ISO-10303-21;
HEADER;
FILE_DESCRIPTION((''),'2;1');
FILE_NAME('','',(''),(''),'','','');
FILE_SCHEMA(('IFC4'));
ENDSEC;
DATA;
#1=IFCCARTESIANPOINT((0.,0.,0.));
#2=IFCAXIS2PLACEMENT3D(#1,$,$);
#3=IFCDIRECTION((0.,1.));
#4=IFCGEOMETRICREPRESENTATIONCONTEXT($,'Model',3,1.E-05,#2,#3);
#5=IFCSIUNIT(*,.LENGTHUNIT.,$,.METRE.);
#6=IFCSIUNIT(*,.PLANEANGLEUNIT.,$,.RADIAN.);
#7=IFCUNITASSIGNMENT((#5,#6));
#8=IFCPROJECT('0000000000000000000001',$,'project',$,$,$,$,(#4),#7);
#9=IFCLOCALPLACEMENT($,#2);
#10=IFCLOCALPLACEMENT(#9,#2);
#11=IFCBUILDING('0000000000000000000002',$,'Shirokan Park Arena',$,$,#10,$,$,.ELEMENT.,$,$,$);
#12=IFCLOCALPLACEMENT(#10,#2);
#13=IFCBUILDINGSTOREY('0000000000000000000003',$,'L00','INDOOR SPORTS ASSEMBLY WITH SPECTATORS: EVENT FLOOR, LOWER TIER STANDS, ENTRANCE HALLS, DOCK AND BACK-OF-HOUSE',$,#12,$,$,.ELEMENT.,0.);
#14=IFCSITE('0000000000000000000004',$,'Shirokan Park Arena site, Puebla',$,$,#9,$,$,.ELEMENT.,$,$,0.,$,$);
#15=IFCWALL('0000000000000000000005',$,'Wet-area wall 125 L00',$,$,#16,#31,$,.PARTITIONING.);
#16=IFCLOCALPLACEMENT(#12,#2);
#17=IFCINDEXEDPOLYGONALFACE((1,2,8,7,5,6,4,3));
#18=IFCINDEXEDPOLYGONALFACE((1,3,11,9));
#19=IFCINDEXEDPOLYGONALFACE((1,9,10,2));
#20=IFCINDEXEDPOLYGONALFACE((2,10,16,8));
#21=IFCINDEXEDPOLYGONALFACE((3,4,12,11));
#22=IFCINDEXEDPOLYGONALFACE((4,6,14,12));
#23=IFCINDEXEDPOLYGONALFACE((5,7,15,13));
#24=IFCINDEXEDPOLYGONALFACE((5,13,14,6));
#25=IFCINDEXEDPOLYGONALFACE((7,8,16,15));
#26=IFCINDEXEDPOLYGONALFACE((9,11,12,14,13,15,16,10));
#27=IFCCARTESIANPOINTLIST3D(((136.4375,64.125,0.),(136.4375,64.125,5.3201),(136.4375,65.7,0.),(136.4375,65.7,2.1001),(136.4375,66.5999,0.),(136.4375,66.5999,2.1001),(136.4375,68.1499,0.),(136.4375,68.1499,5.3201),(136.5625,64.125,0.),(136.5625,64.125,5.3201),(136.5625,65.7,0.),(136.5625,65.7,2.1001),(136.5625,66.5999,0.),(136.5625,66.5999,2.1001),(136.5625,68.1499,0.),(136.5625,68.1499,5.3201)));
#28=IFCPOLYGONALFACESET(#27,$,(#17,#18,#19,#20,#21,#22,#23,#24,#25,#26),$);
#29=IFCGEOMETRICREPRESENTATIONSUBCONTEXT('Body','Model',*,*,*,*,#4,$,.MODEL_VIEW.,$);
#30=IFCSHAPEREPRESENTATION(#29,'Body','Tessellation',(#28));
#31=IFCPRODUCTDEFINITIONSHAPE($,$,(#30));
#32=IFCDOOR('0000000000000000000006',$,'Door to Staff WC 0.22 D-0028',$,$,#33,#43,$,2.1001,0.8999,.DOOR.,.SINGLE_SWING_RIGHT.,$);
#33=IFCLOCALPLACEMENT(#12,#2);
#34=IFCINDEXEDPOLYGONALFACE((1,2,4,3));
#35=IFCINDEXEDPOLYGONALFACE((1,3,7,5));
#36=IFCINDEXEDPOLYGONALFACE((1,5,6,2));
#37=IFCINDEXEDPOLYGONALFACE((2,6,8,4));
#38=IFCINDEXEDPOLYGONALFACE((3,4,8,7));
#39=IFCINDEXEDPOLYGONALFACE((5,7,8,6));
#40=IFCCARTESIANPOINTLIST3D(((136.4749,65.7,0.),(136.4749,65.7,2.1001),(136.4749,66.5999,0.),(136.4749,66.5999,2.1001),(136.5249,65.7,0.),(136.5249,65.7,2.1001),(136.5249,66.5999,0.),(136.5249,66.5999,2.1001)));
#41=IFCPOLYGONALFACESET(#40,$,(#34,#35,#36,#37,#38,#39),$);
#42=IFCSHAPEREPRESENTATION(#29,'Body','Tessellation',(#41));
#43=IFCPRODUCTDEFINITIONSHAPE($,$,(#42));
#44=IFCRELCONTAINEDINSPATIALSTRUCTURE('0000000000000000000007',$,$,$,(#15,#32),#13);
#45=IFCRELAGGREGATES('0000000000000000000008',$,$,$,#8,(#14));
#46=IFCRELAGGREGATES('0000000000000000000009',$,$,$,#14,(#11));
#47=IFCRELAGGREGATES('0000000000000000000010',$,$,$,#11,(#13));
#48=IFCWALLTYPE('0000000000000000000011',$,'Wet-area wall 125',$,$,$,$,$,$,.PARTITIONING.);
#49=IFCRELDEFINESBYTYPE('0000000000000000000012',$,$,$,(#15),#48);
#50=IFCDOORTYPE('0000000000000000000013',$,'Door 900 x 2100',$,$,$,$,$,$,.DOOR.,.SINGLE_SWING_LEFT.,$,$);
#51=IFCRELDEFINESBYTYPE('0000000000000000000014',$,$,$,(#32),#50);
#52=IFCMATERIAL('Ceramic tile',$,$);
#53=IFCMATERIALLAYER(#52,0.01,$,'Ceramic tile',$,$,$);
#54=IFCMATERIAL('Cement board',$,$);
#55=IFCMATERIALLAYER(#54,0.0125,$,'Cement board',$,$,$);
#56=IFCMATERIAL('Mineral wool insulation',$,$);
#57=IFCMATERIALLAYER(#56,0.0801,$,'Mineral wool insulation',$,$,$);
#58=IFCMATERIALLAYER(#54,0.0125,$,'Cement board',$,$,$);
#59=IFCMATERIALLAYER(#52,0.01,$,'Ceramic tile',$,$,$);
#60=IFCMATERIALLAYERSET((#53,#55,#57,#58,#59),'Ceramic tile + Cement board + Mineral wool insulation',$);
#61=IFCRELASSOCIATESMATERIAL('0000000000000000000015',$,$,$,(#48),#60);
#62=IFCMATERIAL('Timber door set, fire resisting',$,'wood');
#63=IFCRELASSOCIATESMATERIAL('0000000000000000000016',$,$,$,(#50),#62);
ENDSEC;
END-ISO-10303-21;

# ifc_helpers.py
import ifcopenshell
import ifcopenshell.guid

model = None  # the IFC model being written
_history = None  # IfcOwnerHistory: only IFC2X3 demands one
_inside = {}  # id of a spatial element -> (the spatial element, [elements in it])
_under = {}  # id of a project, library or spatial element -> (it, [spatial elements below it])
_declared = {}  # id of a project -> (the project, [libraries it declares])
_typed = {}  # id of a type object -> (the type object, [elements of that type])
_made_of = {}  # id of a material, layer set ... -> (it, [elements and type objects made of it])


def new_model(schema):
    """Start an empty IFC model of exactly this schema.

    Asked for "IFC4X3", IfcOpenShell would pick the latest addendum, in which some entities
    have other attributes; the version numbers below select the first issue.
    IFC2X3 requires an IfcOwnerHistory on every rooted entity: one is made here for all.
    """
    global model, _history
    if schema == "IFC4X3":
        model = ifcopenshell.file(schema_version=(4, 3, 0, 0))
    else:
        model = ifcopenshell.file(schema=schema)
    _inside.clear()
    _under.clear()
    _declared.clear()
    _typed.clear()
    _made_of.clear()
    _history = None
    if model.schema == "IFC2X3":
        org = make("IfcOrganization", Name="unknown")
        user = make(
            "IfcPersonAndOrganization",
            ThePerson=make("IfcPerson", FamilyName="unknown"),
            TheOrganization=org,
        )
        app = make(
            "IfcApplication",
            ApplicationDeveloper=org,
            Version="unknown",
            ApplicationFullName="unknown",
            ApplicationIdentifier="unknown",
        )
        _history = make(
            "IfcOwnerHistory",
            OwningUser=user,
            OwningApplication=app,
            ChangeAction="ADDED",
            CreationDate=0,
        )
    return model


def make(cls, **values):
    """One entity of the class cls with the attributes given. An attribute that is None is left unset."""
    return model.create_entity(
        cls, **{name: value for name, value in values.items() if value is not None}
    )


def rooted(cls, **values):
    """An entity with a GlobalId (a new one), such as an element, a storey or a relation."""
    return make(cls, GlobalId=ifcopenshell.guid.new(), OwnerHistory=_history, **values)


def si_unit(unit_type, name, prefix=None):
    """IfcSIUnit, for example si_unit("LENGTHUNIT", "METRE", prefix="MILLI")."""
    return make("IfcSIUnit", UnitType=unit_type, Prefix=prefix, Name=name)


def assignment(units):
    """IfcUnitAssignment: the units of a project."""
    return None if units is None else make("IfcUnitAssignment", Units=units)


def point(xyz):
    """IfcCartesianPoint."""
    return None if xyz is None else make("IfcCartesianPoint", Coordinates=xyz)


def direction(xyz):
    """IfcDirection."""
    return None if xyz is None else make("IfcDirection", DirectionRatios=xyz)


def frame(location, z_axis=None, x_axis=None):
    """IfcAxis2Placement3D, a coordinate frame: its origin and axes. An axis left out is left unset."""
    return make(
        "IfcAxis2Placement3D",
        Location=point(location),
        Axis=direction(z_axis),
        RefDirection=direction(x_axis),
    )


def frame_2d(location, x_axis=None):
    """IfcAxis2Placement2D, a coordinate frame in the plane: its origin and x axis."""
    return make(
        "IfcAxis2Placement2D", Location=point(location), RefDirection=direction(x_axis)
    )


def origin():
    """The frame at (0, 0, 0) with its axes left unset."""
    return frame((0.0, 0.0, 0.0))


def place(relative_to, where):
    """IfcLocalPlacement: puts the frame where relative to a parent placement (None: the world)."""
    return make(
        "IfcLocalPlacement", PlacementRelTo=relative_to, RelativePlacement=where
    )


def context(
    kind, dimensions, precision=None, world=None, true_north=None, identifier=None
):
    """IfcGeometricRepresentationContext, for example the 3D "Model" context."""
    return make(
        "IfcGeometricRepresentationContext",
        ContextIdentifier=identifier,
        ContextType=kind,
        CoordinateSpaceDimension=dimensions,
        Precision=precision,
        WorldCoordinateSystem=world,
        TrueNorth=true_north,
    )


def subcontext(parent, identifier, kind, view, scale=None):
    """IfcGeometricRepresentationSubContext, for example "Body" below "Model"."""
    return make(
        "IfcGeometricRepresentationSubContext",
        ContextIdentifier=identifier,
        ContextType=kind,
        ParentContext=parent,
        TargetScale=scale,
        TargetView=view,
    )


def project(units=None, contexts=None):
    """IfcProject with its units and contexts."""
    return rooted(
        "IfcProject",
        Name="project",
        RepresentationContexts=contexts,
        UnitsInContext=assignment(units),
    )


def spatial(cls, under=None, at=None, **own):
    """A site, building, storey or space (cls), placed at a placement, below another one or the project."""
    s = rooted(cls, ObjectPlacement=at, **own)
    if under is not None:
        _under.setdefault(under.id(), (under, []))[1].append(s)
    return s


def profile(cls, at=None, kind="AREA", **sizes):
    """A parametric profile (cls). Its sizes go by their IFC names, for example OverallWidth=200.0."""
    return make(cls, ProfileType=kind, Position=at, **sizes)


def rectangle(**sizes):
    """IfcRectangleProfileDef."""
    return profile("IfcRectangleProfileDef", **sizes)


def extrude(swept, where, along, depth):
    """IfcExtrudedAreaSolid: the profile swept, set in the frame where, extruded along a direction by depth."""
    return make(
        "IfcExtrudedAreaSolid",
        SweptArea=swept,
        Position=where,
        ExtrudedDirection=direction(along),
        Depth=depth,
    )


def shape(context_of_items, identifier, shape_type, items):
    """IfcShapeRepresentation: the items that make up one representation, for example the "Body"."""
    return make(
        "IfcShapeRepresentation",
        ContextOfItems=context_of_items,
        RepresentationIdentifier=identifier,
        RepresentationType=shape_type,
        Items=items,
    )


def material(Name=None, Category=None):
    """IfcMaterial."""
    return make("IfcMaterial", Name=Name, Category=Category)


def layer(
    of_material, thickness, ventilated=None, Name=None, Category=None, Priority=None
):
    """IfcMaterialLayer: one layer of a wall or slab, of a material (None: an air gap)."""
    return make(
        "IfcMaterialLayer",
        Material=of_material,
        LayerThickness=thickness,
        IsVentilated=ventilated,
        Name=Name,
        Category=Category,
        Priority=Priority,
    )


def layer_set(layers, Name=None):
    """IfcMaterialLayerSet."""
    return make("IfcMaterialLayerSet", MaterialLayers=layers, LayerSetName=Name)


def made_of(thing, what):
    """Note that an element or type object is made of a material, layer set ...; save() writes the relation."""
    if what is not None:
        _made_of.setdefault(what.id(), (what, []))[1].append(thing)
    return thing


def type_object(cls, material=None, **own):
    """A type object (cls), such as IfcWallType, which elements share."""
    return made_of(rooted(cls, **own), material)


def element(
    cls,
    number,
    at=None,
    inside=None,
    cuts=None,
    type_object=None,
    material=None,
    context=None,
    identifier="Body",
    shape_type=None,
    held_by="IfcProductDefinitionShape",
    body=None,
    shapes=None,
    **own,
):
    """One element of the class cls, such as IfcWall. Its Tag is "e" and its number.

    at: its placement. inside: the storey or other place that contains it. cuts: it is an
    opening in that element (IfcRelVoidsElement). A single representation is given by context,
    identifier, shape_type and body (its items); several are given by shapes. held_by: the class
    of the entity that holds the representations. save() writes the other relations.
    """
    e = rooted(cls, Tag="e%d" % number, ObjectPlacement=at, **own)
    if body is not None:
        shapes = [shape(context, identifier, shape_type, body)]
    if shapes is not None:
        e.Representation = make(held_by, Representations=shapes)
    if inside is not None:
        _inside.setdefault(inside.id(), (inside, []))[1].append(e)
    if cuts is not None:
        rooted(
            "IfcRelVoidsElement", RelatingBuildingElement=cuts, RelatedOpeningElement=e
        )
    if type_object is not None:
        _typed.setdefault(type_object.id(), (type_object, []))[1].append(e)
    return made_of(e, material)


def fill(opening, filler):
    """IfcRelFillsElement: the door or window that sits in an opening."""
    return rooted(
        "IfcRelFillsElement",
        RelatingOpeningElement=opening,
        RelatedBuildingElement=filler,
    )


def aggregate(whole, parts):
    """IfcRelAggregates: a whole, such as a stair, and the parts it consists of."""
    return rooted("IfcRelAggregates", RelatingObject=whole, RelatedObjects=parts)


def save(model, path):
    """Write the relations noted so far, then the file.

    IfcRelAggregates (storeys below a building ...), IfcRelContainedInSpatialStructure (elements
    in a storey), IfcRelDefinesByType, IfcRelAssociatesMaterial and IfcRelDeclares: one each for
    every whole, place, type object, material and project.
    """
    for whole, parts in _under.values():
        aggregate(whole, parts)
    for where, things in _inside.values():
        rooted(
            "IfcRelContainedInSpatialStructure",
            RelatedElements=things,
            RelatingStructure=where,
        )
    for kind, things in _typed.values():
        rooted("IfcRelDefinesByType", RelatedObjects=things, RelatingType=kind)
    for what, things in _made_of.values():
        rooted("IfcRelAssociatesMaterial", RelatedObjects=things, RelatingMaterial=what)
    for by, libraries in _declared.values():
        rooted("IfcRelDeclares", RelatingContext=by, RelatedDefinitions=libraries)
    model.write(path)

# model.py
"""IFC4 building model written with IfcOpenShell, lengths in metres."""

from ifc_helpers import new_model, si_unit, direction, frame, frame_2d, origin, place, context, subcontext, project, spatial, rectangle, extrude, material, layer, layer_set, type_object, element, fill, save


model = new_model("IFC4")

# Units and contexts
model_context = context("Model", 3, precision=1e-05, world=origin(), true_north=direction((0.0, 1.0)))
body_context = subcontext(model_context, "Body", "Model", "MODEL_VIEW")
ifc_project = project(units=[si_unit("LENGTHUNIT", "METRE"), si_unit("PLANEANGLEUNIT", "RADIAN")], contexts=[model_context])

# Site, building, storey
site_placement = place(None, origin())
site = spatial("IfcSite", under=ifc_project, at=site_placement, Name="Shirokan Park Arena site, Puebla", CompositionType="ELEMENT", RefElevation=0.0)
building_placement = place(site_placement, origin())
building = spatial("IfcBuilding", under=site, at=building_placement, Name="Shirokan Park Arena", CompositionType="ELEMENT")
storey_placement = place(building_placement, origin())
storey = spatial("IfcBuildingStorey", under=building, at=storey_placement, Name="L00", Description="INDOOR SPORTS ASSEMBLY WITH SPECTATORS: EVENT FLOOR, LOWER TIER STANDS, ENTRANCE HALLS, DOCK AND BACK-OF-HOUSE", CompositionType="ELEMENT", Elevation=0.0)

# Shared definitions
ifc_material_1 = material(Name="Mineral wool insulation")

# Wall, opening, door
ifc_material_2 = material(Name="Ceramic tile")
ifc_layer_1 = layer(ifc_material_2, 0.01, Name="Ceramic tile")
ifc_material_3 = material(Name="Cement board")
ifc_layer_2 = layer(ifc_material_3, 0.0125, Name="Cement board")
ifc_layer_3 = layer(ifc_material_1, 0.0801, Name="Mineral wool insulation")
ifc_layer_4 = layer(ifc_material_3, 0.0125, Name="Cement board")
ifc_layer_5 = layer(ifc_material_2, 0.01, Name="Ceramic tile")
ifc_layer_set_1 = layer_set([ifc_layer_1, ifc_layer_2, ifc_layer_3, ifc_layer_4, ifc_layer_5], Name="Ceramic tile + Cement board + Mineral wool insulation")
wall_type_1 = type_object("IfcWallType", Name="Wet-area wall 125", PredefinedType="PARTITIONING", material=ifc_layer_set_1)
wall_1_placement = place(storey_placement, frame((136.5, 68.1499, 0.0), z_axis=(0.0, 0.0, 1.0), x_axis=(0.0, -1.0, 0.0)))
wall_1 = element("IfcWall", 1, at=wall_1_placement, inside=storey, type_object=wall_type_1, Name="Wet-area wall 125 L00", PredefinedType="PARTITIONING", context=body_context, shape_type="SweptSolid", body=[
    extrude(rectangle(XDim=4.0249, YDim=0.125, at=frame_2d((2.0125, 0.0))), origin(), (0.0, 0.0, 1.0), 5.3201),
])
opening_1_placement = place(wall_1_placement, frame((1.55, 0.0, 0.0)))
opening_1 = element("IfcOpeningElement", 2, at=opening_1_placement, cuts=wall_1, PredefinedType="OPENING", context=body_context, shape_type="SweptSolid", body=[
    extrude(rectangle(XDim=0.8999, YDim=2.1001, at=frame_2d((0.45, 1.05))), frame((0.0, 0.0725, 0.0), z_axis=(0.0, -1.0, 0.0), x_axis=(1.0, 0.0, 0.0)), (0.0, 0.0, 1.0), 0.145),
])
ifc_material_4 = material(Name="Timber door set, fire resisting", Category="wood")
door_type_1 = type_object("IfcDoorType", Name="Door 900 x 2100", OperationType="SINGLE_SWING_LEFT", PredefinedType="DOOR", material=ifc_material_4)
door_1_placement = place(opening_1_placement, origin())
door_1 = element("IfcDoor", 3, at=door_1_placement, inside=storey, type_object=door_type_1, Name="Door to Staff WC 0.22 D-0028", OperationType="SINGLE_SWING_RIGHT", OverallHeight=2.1001, OverallWidth=0.8999, PredefinedType="DOOR", context=body_context, shape_type="SweptSolid", body=[
    extrude(rectangle(XDim=0.8999, YDim=2.1001, at=frame_2d((0.45, 1.05))), frame((0.0, 0.0249, 0.0), z_axis=(0.0, -1.0, 0.0), x_axis=(1.0, 0.0, 0.0)), (0.0, 0.0, 1.0), 0.05),
])
fill(opening_1, door_1)

save(model, "model.ifc")
